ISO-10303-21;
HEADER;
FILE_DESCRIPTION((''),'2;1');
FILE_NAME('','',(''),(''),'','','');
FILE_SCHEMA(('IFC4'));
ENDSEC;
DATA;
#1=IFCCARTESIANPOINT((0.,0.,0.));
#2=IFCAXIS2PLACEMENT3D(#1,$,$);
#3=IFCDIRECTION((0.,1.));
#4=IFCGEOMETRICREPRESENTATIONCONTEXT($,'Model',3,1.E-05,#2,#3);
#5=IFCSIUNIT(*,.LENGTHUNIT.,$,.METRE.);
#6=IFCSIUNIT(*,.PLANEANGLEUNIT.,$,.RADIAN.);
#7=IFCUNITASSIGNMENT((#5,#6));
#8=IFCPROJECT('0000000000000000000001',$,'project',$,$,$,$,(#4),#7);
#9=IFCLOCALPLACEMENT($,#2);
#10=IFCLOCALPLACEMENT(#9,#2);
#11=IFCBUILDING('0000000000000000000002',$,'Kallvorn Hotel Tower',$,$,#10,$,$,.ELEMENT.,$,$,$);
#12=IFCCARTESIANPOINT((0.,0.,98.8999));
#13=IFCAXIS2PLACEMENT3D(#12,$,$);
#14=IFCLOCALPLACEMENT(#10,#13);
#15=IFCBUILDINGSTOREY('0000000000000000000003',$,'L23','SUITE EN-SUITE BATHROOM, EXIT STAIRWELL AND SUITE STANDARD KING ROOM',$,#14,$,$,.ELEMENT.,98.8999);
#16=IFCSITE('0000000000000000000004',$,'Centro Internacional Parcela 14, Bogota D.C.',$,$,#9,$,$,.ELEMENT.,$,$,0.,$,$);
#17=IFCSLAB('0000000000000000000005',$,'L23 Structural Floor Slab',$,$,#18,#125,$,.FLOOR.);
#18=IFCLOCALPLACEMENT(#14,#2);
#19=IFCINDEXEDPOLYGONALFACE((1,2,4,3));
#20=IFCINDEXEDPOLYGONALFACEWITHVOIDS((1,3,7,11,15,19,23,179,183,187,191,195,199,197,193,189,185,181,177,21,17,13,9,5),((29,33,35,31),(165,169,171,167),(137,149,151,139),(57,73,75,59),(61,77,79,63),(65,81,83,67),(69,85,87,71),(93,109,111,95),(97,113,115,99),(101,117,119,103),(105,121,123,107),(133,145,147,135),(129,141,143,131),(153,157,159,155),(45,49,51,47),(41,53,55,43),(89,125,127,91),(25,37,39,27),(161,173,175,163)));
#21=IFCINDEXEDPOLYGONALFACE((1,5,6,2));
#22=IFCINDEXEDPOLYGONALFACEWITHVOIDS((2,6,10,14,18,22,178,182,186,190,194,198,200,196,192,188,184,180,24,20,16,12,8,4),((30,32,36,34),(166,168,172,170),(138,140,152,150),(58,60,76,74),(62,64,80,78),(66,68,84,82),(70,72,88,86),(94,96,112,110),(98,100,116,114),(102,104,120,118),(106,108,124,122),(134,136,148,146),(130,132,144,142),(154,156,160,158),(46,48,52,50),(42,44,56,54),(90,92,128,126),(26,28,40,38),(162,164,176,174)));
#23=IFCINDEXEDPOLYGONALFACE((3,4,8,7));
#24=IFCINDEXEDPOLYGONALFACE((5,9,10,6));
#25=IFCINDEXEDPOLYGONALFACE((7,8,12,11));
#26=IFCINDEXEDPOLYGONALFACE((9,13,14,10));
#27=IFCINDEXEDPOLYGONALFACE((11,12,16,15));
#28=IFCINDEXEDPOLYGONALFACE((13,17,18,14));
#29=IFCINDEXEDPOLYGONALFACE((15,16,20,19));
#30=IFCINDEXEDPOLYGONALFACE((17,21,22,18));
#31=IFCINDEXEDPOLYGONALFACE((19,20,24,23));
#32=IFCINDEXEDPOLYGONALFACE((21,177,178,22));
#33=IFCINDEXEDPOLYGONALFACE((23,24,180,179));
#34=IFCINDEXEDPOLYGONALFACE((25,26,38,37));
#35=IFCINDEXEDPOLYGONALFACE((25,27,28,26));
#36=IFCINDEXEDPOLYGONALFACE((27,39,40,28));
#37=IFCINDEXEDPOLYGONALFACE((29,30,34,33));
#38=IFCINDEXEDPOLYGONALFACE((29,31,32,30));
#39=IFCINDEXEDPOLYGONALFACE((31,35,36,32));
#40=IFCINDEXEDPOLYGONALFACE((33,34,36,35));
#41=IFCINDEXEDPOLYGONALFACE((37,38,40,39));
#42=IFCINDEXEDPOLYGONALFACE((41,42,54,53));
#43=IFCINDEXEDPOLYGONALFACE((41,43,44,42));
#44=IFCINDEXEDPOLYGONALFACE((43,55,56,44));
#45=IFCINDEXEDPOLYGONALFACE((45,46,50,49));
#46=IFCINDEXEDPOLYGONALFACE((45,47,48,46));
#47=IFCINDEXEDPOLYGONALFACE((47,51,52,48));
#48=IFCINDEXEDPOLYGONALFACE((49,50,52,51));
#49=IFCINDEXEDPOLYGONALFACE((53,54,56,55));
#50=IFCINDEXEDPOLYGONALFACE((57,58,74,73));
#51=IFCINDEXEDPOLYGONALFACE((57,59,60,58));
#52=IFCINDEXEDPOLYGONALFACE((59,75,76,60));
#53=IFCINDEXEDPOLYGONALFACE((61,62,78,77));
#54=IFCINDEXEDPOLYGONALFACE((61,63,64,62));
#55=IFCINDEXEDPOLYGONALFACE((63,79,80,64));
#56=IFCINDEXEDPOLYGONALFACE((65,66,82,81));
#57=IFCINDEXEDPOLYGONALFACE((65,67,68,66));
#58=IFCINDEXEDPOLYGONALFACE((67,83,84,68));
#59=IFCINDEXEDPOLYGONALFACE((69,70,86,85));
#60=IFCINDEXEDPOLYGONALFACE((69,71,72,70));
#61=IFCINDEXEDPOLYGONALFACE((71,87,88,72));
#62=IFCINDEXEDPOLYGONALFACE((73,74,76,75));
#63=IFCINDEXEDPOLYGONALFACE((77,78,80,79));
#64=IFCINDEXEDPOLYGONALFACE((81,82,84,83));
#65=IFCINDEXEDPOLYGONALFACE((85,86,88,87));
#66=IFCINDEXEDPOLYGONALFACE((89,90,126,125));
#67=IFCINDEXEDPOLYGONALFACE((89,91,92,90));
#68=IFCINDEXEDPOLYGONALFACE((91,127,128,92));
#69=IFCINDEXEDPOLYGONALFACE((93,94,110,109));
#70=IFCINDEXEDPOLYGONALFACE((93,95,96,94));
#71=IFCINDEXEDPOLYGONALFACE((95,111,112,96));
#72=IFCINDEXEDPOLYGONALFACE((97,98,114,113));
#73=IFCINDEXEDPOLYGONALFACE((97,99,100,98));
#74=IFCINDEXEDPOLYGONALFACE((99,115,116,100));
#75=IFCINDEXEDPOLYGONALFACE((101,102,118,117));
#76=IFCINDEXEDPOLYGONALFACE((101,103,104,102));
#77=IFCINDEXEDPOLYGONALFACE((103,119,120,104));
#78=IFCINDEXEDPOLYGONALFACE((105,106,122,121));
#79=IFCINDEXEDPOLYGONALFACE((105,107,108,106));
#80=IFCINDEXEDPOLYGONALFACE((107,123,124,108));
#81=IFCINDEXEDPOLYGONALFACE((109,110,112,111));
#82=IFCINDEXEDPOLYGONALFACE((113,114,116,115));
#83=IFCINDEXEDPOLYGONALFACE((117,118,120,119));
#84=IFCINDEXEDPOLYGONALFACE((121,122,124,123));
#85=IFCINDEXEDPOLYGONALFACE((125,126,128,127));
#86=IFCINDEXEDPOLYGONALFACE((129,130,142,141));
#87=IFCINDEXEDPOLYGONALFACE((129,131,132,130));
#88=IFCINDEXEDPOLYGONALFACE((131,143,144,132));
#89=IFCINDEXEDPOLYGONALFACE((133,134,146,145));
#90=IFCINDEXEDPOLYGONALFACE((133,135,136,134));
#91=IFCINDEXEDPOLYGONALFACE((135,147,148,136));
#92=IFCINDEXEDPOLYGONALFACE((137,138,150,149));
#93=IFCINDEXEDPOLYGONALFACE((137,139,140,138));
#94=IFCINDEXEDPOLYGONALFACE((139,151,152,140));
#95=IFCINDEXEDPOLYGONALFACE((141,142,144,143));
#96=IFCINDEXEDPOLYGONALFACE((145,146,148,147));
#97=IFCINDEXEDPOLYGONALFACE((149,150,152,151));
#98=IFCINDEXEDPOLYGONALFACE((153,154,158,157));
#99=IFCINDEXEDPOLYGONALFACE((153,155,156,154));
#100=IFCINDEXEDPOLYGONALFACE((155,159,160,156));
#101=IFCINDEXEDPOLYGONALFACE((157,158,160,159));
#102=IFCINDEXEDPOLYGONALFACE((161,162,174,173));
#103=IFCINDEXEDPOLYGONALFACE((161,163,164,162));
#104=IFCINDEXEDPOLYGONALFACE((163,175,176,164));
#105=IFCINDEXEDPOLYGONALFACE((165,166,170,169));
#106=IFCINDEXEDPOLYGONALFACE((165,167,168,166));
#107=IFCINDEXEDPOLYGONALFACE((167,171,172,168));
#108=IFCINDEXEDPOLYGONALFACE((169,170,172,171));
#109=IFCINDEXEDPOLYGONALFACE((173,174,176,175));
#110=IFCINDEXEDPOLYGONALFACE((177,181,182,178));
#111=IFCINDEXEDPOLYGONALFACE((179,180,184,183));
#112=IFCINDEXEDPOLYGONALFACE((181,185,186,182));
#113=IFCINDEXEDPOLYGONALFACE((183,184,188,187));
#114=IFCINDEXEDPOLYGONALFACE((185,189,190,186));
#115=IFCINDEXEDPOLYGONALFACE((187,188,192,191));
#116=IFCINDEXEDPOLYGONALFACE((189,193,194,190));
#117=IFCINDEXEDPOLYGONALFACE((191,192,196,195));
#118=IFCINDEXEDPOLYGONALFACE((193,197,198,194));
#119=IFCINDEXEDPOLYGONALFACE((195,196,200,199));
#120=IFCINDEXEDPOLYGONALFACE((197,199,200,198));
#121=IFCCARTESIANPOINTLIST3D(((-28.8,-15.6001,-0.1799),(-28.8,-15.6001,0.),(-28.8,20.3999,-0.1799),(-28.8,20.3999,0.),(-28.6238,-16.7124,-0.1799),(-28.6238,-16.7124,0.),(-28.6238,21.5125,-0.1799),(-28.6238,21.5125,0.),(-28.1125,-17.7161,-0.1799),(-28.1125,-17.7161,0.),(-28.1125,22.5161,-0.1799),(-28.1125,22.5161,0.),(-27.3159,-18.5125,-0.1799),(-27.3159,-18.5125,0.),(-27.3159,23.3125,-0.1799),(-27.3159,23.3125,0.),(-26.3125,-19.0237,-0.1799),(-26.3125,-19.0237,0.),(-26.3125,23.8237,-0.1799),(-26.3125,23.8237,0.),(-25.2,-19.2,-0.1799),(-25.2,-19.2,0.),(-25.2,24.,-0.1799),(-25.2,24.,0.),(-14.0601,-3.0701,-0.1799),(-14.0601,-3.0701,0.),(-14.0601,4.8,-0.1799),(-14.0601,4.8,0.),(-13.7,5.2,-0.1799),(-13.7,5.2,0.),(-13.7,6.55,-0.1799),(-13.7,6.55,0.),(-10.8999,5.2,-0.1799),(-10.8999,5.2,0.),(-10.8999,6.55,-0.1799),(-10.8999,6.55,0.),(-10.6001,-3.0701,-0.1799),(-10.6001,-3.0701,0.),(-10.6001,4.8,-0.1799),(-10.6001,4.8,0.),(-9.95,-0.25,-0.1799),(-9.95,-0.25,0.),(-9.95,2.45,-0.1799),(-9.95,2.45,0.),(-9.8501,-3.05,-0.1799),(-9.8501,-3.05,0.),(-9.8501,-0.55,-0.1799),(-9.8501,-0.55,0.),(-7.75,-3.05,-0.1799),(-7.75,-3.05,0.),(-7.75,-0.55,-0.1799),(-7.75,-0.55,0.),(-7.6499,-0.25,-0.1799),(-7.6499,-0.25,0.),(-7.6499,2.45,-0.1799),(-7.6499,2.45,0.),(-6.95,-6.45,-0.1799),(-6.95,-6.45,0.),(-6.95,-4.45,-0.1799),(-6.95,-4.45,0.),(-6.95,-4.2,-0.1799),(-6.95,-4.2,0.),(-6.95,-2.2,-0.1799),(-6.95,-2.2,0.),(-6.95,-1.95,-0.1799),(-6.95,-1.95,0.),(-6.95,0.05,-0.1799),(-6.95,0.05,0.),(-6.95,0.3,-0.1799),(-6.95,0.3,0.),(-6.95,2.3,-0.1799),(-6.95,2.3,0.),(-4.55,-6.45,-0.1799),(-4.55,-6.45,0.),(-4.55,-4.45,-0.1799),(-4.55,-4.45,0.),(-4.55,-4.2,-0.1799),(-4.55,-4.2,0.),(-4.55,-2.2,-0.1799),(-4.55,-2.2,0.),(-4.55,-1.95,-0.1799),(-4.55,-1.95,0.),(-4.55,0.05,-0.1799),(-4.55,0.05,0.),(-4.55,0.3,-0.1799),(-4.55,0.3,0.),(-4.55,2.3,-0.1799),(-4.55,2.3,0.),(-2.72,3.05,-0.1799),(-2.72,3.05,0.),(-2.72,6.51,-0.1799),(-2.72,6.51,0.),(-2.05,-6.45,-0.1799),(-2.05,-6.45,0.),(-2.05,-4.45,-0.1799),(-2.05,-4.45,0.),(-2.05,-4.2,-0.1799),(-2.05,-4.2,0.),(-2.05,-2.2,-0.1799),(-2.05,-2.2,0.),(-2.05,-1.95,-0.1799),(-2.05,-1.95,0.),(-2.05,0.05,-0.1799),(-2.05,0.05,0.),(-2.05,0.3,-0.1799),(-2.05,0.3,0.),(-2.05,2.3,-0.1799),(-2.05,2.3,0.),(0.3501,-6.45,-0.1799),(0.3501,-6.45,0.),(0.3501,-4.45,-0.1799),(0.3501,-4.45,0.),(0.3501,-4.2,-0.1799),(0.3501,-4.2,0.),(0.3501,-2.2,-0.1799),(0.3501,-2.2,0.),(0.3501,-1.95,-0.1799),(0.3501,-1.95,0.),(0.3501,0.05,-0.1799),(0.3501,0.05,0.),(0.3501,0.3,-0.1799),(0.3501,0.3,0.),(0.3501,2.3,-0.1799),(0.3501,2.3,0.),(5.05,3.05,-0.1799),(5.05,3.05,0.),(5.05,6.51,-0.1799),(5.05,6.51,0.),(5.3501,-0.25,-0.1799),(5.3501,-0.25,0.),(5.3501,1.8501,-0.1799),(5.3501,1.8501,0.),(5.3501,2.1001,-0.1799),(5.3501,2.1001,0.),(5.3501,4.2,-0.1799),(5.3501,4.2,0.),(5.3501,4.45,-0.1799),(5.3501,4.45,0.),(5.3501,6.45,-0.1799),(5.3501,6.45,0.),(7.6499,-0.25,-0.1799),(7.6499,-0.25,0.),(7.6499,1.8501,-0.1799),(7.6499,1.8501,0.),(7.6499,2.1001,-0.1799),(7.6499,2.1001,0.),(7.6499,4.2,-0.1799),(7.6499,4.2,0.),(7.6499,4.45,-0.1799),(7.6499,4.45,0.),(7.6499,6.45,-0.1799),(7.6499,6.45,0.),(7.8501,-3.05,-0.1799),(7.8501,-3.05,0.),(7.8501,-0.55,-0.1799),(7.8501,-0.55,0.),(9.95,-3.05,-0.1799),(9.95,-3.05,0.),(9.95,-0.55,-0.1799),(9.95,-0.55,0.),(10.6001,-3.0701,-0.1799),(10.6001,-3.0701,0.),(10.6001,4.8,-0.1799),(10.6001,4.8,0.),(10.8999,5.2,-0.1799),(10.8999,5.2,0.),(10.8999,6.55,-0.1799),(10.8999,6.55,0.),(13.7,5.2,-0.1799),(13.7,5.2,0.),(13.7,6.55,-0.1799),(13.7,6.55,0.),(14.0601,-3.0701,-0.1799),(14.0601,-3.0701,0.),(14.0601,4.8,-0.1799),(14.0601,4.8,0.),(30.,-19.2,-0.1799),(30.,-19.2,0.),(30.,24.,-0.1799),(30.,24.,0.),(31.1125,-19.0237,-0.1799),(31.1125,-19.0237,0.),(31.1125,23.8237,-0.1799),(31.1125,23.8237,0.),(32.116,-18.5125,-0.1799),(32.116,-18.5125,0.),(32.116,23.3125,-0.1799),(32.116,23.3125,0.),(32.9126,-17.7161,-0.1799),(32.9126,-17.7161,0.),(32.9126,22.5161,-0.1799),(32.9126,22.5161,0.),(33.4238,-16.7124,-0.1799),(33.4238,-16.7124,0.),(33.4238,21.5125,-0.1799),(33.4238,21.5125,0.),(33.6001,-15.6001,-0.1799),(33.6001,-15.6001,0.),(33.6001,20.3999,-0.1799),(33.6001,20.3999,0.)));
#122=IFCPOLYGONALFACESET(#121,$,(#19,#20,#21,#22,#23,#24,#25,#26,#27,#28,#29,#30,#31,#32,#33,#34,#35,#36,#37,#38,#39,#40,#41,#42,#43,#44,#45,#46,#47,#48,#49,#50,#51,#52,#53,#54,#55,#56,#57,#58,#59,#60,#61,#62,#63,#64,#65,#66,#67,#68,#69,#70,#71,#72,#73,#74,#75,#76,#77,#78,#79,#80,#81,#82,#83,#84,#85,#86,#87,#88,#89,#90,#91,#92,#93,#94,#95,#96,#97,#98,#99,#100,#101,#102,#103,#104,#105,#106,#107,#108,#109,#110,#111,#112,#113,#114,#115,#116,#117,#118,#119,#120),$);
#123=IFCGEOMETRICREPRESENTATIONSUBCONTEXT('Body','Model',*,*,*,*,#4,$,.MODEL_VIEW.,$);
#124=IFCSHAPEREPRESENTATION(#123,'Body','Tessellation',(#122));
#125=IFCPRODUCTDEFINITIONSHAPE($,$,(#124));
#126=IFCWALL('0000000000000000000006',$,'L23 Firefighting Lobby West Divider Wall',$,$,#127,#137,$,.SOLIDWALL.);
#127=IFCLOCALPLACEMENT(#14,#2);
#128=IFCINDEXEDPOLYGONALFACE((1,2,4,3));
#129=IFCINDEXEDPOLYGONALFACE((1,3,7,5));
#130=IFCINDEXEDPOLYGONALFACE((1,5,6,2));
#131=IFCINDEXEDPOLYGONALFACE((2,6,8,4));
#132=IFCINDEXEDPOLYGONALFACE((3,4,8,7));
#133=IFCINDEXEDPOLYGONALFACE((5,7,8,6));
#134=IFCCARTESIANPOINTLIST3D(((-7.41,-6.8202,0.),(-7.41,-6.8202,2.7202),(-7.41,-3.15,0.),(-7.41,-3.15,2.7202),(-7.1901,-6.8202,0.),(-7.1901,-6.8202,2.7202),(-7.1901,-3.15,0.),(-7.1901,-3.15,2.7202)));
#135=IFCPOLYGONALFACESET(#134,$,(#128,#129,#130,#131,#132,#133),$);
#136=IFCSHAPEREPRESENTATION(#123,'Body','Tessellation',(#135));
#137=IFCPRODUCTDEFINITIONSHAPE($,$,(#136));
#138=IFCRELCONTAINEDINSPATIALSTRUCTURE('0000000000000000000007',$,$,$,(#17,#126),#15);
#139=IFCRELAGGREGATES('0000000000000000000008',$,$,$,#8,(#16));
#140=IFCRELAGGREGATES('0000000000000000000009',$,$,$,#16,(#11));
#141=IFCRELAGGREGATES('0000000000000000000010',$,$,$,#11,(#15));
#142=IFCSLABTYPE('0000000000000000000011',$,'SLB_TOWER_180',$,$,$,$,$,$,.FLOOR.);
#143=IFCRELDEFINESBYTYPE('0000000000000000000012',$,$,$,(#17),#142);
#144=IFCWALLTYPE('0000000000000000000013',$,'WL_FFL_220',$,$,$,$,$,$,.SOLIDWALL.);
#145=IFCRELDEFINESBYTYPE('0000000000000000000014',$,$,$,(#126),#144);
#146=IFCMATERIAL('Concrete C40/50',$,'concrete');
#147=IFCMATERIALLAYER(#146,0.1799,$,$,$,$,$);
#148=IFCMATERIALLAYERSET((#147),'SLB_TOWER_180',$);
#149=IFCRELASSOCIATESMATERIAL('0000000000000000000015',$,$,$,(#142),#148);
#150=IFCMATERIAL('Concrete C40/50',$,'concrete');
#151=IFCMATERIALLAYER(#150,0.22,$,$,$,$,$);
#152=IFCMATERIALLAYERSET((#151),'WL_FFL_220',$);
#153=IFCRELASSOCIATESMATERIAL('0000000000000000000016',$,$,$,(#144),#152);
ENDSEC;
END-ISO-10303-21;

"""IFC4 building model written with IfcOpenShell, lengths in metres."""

from ifc_helpers import new_model, si_unit, direction, frame, frame_2d, origin, place, context, subcontext, project, spatial, polyline, rectangle, outline, extrude, material, layer, layer_set, type_object, element, save


model = new_model("IFC4")

# Units and contexts
model_context = context("Model", 3, precision=1e-05, world=origin(), true_north=direction((0.0, 1.0)))
body_context = subcontext(model_context, "Body", "Model", "MODEL_VIEW")
ifc_project = project(units=[si_unit("LENGTHUNIT", "METRE"), si_unit("PLANEANGLEUNIT", "RADIAN")], contexts=[model_context])

# Site, building, storey
site_placement = place(None, origin())
site = spatial("IfcSite", under=ifc_project, at=site_placement, Name="Centro Internacional Parcela 14, Bogota D.C.", CompositionType="ELEMENT", RefElevation=0.0)
building_placement = place(site_placement, origin())
building = spatial("IfcBuilding", under=site, at=building_placement, Name="Kallvorn Hotel Tower", CompositionType="ELEMENT")
storey_placement = place(building_placement, frame((0.0, 0.0, 98.8999)))
storey = spatial("IfcBuildingStorey", under=building, at=storey_placement, Name="L23", Description="SUITE EN-SUITE BATHROOM, EXIT STAIRWELL AND SUITE STANDARD KING ROOM", CompositionType="ELEMENT", Elevation=98.8999)

# Slab
ifc_material_1 = material(Name="Concrete C40/50", Category="concrete")
ifc_layer_1 = layer(ifc_material_1, 0.1799)
ifc_layer_set_1 = layer_set([ifc_layer_1], Name="SLB_TOWER_180")
slab_type = type_object("IfcSlabType", Name="SLB_TOWER_180", PredefinedType="FLOOR", material=ifc_layer_set_1)
slab_placement = place(storey_placement, frame((0.0, 0.0, -0.1799)))
element("IfcSlab", 1, at=slab_placement, inside=storey, type_object=slab_type, Name="L23 Structural Floor Slab", PredefinedType="FLOOR", context=body_context, shape_type="SweptSolid", body=[
    extrude(outline(polyline([(30.0, -19.2), (31.1125, -19.0237), (32.116, -18.5125), (32.9126, -17.7161), (33.4238, -16.7124), (33.6001, -15.6001), (33.6001, 20.3999), (33.4238, 21.5125), (32.9126, 22.5161), (32.116, 23.3125), (31.1125, 23.8237), (30.0, 24.0), (-25.2, 24.0), (-26.3125, 23.8237), (-27.3159, 23.3125), (-28.1125, 22.5161), (-28.6238, 21.5125), (-28.8, 20.3999), (-28.8, -15.6001), (-28.6238, -16.7124), (-28.1125, -17.7161), (-27.3159, -18.5125), (-26.3125, -19.0237), (-25.2, -19.2), (30.0, -19.2)]), holes=[polyline([(-10.6001, -3.0701), (-10.6001, 4.8), (-14.0601, 4.8), (-14.0601, -3.0701), (-10.6001, -3.0701)]), polyline([(14.0601, -3.0701), (14.0601, 4.8), (10.6001, 4.8), (10.6001, -3.0701), (14.0601, -3.0701)]), polyline([(-2.72, 3.05), (5.05, 3.05), (5.05, 6.51), (-2.72, 6.51), (-2.72, 3.05)]), polyline([(-6.95, -6.45), (-4.55, -6.45), (-4.55, -4.45), (-6.95, -4.45), (-6.95, -6.45)]), polyline([(-6.95, -4.2), (-4.55, -4.2), (-4.55, -2.2), (-6.95, -2.2), (-6.95, -4.2)]), polyline([(-6.95, -1.95), (-4.55, -1.95), (-4.55, 0.05), (-6.95, 0.05), (-6.95, -1.95)]), polyline([(-6.95, 0.3), (-4.55, 0.3), (-4.55, 2.3), (-6.95, 2.3), (-6.95, 0.3)]), polyline([(-2.05, -6.45), (0.3501, -6.45), (0.3501, -4.45), (-2.05, -4.45), (-2.05, -6.45)]), polyline([(-2.05, -4.2), (0.3501, -4.2), (0.3501, -2.2), (-2.05, -2.2), (-2.05, -4.2)]), polyline([(-2.05, -1.95), (0.3501, -1.95), (0.3501, 0.05), (-2.05, 0.05), (-2.05, -1.95)]), polyline([(-2.05, 0.3), (0.3501, 0.3), (0.3501, 2.3), (-2.05, 2.3), (-2.05, 0.3)]), polyline([(5.3501, -0.25), (7.6499, -0.25), (7.6499, 1.8501), (5.3501, 1.8501), (5.3501, -0.25)]), polyline([(5.3501, 2.1001), (7.6499, 2.1001), (7.6499, 4.2), (5.3501, 4.2), (5.3501, 2.1001)]), polyline([(5.3501, 4.45), (7.6499, 4.45), (7.6499, 6.45), (5.3501, 6.45), (5.3501, 4.45)]), polyline([(-9.8501, -3.05), (-7.75, -3.05), (-7.75, -0.55), (-9.8501, -0.55), (-9.8501, -3.05)]), polyline([(7.8501, -3.05), (9.95, -3.05), (9.95, -0.55), (7.8501, -0.55), (7.8501, -3.05)]), polyline([(-9.95, -0.25), (-7.6499, -0.25), (-7.6499, 2.45), (-9.95, 2.45), (-9.95, -0.25)]), polyline([(-13.7, 5.2), (-10.8999, 5.2), (-10.8999, 6.55), (-13.7, 6.55), (-13.7, 5.2)]), polyline([(10.8999, 5.2), (13.7, 5.2), (13.7, 6.55), (10.8999, 6.55), (10.8999, 5.2)])]), origin(), (0.0, 0.0, 1.0), 0.1799),
])

# Wall
ifc_material_2 = material(Name="Concrete C40/50", Category="concrete")
ifc_layer_2 = layer(ifc_material_2, 0.22)
ifc_layer_set_2 = layer_set([ifc_layer_2], Name="WL_FFL_220")
wall_type_1 = type_object("IfcWallType", Name="WL_FFL_220", PredefinedType="SOLIDWALL", material=ifc_layer_set_2)
wall_1_placement = place(storey_placement, frame((-7.3, -6.8201, 0.0), z_axis=(0.0, 0.0, 1.0), x_axis=(0.0, 1.0, 0.0)))
element("IfcWall", 2, at=wall_1_placement, inside=storey, type_object=wall_type_1, Name="L23 Firefighting Lobby West Divider Wall", PredefinedType="SOLIDWALL", context=body_context, shape_type="SweptSolid", body=[
    extrude(rectangle(XDim=3.6702, YDim=0.22, at=frame_2d((1.835, 0.0))), origin(), (0.0, 0.0, 1.0), 2.7202),
])

save(model, "model.ifc")
